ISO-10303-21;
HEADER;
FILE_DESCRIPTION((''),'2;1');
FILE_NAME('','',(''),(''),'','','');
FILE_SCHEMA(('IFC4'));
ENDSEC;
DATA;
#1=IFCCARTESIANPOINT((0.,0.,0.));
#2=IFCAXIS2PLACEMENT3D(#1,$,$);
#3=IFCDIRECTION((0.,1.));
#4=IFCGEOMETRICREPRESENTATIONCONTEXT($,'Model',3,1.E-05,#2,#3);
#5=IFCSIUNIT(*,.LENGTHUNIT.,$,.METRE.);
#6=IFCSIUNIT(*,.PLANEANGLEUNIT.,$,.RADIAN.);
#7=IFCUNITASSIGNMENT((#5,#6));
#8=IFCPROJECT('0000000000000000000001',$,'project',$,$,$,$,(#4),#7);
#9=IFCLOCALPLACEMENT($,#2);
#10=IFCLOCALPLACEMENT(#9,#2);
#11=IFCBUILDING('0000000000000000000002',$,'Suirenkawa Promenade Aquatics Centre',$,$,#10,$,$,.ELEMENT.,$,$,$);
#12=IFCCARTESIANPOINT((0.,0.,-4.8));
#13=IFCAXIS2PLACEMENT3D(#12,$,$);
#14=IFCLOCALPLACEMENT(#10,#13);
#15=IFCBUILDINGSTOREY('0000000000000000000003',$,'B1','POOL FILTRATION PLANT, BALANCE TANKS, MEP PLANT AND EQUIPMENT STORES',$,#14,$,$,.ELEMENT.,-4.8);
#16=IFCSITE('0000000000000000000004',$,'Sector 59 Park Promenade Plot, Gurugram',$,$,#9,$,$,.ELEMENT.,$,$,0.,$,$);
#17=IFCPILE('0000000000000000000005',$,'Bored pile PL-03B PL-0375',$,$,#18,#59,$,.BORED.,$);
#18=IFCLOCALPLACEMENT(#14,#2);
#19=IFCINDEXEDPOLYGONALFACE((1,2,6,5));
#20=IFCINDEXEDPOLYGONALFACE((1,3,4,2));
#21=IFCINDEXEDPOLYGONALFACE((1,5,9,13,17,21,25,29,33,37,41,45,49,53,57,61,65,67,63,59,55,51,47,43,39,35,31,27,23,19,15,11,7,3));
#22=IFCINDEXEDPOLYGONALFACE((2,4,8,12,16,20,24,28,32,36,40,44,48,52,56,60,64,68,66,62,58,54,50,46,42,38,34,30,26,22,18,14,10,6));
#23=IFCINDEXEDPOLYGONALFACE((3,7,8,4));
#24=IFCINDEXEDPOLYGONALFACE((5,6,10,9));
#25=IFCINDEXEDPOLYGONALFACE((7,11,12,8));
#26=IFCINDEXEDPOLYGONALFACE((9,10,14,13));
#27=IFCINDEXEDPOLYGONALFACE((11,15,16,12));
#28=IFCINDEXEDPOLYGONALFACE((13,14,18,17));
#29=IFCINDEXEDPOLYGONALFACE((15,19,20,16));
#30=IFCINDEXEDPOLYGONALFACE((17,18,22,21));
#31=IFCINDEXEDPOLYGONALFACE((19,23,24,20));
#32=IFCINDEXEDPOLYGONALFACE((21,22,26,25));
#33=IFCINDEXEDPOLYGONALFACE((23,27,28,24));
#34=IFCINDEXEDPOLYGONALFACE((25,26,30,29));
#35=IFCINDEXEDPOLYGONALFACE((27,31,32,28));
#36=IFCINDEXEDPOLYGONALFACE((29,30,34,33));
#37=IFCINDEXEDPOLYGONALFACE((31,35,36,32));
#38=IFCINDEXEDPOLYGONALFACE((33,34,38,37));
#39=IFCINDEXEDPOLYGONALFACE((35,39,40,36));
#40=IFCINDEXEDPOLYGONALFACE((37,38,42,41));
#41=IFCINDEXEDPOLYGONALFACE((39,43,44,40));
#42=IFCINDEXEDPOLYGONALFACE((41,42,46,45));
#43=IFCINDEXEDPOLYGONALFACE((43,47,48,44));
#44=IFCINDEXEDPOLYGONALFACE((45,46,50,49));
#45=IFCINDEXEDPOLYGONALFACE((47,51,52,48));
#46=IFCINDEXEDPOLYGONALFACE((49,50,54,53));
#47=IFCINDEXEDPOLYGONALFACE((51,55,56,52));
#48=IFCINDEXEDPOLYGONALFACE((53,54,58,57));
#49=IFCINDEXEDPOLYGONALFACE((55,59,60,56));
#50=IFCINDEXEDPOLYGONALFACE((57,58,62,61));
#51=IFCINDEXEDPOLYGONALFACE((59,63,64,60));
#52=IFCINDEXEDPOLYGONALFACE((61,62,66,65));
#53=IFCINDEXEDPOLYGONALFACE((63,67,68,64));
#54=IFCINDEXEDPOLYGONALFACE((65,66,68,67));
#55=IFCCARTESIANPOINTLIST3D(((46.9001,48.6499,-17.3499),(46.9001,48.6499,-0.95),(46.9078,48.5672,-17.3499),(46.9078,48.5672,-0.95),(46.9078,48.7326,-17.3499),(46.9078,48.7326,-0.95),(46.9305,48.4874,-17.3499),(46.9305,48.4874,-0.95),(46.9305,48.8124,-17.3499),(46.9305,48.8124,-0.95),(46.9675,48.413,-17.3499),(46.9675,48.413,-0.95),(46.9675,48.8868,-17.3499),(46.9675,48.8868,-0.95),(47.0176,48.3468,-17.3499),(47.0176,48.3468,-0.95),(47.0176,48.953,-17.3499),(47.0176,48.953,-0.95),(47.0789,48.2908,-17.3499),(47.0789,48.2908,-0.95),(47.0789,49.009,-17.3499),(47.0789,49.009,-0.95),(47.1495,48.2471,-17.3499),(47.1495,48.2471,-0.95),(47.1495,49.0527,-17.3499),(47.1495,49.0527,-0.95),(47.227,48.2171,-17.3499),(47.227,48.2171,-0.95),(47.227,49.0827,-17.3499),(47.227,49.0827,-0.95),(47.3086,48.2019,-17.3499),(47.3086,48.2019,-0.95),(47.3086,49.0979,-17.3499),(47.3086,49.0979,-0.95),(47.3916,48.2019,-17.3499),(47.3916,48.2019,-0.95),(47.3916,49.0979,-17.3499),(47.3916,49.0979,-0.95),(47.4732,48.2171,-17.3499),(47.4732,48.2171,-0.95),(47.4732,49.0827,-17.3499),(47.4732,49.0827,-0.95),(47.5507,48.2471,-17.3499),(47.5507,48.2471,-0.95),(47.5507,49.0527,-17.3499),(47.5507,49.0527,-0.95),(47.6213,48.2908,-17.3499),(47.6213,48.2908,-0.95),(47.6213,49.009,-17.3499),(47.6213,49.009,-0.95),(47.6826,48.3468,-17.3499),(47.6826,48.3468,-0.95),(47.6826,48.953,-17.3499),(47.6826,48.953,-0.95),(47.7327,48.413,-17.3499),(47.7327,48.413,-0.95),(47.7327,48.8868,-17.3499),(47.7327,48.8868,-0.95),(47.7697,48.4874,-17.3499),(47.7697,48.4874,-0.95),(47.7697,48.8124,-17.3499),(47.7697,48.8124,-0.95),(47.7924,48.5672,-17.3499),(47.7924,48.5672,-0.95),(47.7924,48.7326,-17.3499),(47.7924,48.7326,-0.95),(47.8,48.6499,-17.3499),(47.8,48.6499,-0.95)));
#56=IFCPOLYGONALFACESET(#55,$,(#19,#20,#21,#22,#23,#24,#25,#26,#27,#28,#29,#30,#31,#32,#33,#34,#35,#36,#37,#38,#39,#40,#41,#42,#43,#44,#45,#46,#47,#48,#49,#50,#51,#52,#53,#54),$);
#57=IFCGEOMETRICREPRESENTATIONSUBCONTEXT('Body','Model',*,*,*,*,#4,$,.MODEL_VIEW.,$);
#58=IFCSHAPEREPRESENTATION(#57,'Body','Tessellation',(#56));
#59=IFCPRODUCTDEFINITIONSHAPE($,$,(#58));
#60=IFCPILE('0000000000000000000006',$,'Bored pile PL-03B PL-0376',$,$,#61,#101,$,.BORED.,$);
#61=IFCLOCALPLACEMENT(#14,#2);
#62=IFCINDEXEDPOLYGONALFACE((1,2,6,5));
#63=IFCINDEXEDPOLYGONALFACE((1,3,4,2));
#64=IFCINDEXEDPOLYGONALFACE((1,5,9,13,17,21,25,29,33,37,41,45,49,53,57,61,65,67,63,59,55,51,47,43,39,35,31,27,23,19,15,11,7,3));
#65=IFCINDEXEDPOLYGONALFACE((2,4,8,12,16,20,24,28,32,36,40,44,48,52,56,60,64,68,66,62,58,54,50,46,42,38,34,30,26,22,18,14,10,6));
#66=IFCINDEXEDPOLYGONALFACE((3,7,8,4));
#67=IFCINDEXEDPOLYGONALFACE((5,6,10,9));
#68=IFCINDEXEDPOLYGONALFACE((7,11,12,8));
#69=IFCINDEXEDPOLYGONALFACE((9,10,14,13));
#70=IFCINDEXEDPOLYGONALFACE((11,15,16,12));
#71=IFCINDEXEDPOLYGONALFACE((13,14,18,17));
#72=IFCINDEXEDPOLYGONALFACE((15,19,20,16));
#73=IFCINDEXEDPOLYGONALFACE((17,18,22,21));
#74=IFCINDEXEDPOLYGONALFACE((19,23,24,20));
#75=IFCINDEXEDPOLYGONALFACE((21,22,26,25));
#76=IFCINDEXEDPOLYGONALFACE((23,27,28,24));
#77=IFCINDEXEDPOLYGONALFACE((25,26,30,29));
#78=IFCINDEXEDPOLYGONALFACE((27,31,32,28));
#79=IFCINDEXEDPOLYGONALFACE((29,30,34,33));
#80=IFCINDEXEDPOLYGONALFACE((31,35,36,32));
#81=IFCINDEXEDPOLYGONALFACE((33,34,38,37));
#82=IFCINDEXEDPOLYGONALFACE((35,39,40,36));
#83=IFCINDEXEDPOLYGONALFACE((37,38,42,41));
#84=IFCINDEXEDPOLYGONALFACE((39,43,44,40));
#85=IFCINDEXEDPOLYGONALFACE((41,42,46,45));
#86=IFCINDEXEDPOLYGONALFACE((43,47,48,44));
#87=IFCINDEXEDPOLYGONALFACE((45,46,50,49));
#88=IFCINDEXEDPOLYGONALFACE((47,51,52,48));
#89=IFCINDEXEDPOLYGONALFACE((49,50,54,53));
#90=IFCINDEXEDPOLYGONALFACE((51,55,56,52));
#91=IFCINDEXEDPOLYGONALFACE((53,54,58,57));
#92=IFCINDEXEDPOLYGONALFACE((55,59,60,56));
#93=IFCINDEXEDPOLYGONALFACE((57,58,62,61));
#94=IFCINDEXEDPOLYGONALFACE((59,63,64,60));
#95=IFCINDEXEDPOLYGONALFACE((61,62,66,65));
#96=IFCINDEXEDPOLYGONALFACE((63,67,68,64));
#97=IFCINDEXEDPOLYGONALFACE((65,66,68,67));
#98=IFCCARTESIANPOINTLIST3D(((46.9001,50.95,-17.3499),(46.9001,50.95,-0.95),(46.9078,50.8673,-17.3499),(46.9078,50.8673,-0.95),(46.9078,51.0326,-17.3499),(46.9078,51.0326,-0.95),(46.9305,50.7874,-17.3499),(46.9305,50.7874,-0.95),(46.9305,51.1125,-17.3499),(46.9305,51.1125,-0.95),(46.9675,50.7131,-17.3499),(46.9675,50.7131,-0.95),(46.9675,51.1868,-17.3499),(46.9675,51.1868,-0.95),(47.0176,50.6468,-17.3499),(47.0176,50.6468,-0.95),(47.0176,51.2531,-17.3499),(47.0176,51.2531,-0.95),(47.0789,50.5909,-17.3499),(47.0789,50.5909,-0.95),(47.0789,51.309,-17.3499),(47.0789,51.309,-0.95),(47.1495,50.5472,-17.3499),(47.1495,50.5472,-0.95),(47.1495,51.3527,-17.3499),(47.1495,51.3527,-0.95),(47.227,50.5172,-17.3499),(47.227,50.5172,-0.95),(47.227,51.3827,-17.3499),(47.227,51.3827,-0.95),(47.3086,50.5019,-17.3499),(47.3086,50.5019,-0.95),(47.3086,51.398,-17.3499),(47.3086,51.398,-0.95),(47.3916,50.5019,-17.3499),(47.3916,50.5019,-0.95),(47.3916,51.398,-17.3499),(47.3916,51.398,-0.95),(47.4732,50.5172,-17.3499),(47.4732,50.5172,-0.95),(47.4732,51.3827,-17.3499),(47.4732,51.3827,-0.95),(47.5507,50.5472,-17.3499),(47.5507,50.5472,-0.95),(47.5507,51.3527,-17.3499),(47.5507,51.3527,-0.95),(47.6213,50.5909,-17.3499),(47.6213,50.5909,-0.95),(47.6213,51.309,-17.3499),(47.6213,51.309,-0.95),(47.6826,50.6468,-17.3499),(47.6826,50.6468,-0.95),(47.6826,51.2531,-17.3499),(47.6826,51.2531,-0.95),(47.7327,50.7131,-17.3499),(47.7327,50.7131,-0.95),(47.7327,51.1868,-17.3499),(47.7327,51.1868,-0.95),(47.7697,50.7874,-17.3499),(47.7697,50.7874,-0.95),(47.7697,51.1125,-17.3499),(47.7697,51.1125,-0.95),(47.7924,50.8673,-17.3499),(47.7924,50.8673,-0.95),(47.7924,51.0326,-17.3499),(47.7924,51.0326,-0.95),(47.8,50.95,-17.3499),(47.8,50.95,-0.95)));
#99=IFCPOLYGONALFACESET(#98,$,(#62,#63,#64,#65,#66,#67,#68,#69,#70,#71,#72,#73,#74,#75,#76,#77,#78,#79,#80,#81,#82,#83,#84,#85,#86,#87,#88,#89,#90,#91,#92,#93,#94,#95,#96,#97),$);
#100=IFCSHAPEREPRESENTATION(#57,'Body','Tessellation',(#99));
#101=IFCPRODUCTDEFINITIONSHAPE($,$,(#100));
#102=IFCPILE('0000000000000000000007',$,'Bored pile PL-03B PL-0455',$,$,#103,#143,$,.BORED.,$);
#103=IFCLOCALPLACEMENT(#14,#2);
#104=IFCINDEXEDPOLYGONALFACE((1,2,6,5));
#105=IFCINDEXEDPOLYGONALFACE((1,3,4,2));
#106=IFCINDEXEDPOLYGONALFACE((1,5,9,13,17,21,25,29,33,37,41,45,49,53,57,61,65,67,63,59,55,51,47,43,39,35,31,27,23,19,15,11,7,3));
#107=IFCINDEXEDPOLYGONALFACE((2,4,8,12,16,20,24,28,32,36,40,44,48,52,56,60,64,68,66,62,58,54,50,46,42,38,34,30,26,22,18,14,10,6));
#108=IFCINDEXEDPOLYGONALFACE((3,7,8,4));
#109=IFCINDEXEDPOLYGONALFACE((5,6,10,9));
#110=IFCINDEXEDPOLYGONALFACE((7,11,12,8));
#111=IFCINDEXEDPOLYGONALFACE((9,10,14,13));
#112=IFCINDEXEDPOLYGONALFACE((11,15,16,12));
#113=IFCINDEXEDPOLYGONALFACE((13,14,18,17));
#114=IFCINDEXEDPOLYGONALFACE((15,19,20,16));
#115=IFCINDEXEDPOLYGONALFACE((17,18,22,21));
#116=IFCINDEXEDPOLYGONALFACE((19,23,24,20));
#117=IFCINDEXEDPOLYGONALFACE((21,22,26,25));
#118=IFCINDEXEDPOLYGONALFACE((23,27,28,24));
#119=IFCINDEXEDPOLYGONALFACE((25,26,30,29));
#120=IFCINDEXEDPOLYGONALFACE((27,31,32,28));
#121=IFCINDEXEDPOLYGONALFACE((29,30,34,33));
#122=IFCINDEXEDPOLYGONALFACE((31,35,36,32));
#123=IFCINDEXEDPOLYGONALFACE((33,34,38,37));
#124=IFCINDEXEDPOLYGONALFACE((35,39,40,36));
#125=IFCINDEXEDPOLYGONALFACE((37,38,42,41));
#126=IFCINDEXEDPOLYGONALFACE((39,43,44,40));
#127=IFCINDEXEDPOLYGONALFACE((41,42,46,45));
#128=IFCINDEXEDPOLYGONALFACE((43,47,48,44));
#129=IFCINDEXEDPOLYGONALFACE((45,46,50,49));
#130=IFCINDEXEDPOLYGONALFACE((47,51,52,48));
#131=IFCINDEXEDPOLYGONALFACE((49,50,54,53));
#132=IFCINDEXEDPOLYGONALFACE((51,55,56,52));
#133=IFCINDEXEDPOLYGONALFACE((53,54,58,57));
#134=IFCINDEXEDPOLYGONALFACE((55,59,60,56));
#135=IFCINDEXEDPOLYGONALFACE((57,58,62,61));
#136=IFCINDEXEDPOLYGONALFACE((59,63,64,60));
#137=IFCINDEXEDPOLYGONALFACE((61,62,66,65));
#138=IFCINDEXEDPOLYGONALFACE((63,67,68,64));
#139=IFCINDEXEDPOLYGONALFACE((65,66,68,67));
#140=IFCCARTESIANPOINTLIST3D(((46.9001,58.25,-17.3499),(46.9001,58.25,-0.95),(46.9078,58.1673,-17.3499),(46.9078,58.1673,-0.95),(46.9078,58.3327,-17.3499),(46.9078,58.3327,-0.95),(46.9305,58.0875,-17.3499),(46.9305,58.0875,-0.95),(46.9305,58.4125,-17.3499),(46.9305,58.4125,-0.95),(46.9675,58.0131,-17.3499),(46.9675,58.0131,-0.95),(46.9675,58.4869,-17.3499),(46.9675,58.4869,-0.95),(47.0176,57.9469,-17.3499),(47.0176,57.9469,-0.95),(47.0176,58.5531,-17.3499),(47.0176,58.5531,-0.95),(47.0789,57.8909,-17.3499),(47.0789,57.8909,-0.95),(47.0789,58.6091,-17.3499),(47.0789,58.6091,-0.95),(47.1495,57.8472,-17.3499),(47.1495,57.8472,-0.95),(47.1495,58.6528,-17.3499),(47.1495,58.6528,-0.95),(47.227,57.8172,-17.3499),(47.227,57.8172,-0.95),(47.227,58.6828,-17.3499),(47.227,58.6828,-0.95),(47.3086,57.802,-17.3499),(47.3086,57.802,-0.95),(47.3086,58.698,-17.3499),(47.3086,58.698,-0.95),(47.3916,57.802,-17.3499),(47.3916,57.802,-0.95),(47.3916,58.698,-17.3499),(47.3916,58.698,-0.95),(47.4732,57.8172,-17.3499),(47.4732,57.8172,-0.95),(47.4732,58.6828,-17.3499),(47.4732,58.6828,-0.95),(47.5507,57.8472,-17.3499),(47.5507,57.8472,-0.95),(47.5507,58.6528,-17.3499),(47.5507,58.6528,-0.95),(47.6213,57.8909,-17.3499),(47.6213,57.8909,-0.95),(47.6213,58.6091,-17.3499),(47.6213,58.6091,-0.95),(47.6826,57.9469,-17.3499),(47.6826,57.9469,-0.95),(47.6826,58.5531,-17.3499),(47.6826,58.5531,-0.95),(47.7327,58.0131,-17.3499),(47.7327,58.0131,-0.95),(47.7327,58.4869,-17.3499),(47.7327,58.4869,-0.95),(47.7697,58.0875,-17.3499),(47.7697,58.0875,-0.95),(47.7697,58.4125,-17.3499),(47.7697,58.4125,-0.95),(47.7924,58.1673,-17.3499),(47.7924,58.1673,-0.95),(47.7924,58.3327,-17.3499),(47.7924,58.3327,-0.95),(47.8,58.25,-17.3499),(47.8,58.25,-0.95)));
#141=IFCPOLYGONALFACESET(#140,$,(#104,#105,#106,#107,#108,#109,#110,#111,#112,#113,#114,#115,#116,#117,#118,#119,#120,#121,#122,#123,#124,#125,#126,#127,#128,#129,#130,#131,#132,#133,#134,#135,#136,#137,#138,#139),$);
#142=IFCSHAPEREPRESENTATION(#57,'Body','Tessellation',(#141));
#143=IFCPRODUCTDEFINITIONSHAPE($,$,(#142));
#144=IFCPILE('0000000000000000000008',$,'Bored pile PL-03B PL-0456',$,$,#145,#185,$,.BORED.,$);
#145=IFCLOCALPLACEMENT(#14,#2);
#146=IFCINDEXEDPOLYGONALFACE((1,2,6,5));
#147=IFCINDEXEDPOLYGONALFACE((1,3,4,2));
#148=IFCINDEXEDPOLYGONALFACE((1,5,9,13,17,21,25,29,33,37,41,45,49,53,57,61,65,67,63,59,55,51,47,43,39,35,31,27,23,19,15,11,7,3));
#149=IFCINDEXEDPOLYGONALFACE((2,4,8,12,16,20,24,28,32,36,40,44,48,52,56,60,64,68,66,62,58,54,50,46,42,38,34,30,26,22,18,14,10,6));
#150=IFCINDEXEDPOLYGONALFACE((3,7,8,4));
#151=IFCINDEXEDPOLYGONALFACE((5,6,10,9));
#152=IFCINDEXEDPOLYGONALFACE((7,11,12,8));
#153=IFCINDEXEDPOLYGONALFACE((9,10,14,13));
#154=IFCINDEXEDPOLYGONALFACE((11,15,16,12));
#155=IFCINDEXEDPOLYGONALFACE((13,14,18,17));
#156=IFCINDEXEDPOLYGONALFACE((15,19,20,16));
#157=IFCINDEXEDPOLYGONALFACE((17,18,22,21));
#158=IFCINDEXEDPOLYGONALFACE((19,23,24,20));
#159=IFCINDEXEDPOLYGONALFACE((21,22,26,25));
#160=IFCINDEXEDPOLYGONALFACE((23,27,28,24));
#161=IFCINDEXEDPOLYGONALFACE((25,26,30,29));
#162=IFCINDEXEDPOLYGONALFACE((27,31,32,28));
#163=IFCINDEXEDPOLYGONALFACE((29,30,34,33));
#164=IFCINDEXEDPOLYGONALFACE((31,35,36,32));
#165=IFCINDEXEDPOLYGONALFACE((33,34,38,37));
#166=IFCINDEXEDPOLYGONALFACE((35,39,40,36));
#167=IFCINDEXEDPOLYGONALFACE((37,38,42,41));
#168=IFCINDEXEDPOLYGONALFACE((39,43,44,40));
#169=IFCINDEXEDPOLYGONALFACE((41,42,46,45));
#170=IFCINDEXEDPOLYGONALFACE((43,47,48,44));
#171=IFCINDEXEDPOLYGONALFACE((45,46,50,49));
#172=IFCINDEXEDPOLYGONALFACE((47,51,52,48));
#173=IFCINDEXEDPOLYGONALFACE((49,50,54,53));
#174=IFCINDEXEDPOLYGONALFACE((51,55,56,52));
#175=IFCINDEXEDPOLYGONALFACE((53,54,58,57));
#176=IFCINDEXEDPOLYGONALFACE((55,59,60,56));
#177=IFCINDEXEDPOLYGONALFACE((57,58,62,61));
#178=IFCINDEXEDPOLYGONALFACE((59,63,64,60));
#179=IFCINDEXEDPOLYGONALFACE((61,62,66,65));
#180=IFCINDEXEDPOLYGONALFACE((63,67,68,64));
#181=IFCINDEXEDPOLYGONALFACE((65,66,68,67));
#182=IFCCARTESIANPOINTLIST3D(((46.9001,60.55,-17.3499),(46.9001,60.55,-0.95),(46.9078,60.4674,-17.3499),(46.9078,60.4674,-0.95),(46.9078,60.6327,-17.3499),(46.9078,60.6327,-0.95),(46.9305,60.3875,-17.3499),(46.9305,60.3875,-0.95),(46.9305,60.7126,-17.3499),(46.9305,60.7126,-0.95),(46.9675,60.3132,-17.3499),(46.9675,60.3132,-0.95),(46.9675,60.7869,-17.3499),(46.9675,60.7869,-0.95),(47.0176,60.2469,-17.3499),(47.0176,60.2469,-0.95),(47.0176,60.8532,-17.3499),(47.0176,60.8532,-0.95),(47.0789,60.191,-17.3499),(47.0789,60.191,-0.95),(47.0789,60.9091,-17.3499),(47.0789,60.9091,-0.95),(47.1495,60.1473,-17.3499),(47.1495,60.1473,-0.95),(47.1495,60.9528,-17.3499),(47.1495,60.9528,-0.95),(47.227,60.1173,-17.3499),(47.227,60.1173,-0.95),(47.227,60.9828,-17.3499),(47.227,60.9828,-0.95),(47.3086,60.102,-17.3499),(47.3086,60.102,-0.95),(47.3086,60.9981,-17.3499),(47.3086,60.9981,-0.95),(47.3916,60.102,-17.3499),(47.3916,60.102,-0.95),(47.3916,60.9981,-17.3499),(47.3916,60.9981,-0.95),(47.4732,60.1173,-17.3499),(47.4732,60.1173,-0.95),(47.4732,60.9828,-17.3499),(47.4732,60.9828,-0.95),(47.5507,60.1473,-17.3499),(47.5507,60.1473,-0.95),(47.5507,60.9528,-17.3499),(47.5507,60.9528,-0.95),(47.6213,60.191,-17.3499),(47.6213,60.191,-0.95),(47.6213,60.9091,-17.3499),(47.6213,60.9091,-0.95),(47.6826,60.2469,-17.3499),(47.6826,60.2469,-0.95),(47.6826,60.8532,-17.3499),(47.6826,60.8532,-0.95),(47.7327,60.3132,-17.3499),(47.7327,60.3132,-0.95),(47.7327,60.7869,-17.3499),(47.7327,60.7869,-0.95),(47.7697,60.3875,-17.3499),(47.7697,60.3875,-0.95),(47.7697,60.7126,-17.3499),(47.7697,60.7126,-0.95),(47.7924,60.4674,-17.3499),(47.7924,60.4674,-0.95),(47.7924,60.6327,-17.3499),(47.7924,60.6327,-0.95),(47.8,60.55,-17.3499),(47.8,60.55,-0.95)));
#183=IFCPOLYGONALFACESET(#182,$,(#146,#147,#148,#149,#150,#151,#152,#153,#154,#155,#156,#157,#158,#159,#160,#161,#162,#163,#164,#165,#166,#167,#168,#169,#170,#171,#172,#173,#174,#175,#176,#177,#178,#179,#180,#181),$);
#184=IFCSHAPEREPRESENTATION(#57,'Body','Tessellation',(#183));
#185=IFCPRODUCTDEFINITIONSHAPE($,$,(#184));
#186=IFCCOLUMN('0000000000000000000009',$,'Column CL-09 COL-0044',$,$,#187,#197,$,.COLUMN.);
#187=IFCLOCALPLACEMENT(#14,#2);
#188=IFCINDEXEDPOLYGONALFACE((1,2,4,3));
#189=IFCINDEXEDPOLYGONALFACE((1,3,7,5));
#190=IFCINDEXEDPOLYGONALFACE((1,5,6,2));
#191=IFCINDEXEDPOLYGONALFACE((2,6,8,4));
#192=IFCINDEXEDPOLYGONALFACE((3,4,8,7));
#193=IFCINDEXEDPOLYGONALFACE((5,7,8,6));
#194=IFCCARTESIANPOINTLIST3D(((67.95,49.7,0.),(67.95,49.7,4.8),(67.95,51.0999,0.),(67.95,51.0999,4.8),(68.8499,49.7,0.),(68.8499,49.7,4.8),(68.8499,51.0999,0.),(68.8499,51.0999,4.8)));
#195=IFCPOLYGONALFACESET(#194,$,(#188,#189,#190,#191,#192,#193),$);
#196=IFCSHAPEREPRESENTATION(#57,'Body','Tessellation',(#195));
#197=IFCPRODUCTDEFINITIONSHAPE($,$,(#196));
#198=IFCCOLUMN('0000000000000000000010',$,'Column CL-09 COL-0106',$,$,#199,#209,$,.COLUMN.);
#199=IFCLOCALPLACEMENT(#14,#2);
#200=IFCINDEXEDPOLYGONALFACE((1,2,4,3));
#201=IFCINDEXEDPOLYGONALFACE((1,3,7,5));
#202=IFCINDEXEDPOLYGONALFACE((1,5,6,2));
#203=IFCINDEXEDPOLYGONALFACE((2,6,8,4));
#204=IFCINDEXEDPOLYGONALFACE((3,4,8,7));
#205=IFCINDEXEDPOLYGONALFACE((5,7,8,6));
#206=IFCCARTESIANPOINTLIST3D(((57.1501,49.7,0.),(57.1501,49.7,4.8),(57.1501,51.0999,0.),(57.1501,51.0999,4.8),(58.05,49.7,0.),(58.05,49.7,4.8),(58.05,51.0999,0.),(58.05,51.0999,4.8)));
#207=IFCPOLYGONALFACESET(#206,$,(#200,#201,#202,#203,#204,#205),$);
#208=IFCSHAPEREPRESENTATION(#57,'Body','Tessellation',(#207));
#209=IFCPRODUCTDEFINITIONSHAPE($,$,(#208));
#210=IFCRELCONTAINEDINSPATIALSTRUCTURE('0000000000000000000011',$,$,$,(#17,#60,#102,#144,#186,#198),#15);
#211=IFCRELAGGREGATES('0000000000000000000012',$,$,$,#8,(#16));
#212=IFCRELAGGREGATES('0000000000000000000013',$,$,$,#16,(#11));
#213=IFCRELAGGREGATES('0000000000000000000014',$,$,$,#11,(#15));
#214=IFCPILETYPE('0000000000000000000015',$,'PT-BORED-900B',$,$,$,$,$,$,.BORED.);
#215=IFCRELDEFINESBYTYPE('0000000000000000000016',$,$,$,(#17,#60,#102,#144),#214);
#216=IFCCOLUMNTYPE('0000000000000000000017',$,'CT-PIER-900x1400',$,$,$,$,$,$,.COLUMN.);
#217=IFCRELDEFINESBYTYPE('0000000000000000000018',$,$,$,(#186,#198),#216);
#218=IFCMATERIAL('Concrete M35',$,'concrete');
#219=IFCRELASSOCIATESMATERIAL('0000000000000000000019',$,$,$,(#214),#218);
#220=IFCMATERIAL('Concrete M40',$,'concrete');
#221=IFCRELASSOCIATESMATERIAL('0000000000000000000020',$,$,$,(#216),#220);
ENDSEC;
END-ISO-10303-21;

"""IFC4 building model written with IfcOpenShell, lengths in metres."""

from ifc_helpers import new_model, si_unit, direction, frame, origin, origin_2d, place, context, subcontext, project, spatial, rectangle, circle, extrude, material, material_profile, profile_set, type_object, element, save


model = new_model("IFC4")

# Units and contexts
model_context = context("Model", 3, precision=1e-05, world=origin(), true_north=direction((0.0, 1.0)))
body_context = subcontext(model_context, "Body", "Model", "MODEL_VIEW")
ifc_project = project(units=[si_unit("LENGTHUNIT", "METRE"), si_unit("PLANEANGLEUNIT", "RADIAN")], contexts=[model_context])

# Site, building, storey
site_placement = place(None, origin())
site = spatial("IfcSite", under=ifc_project, at=site_placement, Name="Sector 59 Park Promenade Plot, Gurugram", CompositionType="ELEMENT", RefElevation=0.0)
building_placement = place(site_placement, origin())
building = spatial("IfcBuilding", under=site, at=building_placement, Name="Suirenkawa Promenade Aquatics Centre", CompositionType="ELEMENT")
storey_placement = place(building_placement, frame((0.0, 0.0, -4.8)))
storey = spatial("IfcBuildingStorey", under=building, at=storey_placement, Name="B1", Description="POOL FILTRATION PLANT, BALANCE TANKS, MEP PLANT AND EQUIPMENT STORES", CompositionType="ELEMENT", Elevation=-4.8)

# Shared definitions
ifc_material_1 = material(Name="Concrete M35", Category="concrete")

# Piles
ifc_material_profile_1 = material_profile(ifc_material_1, circle(Radius=0.45, at=origin_2d()), Name="PILE D900", Category="concrete")
ifc_profile_set_1 = profile_set([ifc_material_profile_1], Name="Concrete M35")
pile_type_1 = type_object("IfcPileType", Name="PT-BORED-900B", PredefinedType="BORED", material=ifc_profile_set_1)
for number, where, z_axis, x_axis, name in (
    (1, (47.3501, 48.6499, -0.95), (0.0, 0.0, -1.0), (1.0, 0.0, 0.0), "Bored pile PL-03B PL-0375"),
    (2, (47.3501, 50.95, -0.95), (0.0, 0.0, -1.0), (1.0, 0.0, 0.0), "Bored pile PL-03B PL-0376"),
    (3, (47.3501, 58.25, -0.95), (0.0, 0.0, -1.0), (1.0, 0.0, 0.0), "Bored pile PL-03B PL-0455"),
    (4, (47.3501, 60.55, -0.95), (0.0, 0.0, -1.0), (1.0, 0.0, 0.0), "Bored pile PL-03B PL-0456"),
):
    element("IfcPile", number, at=place(storey_placement, frame(where, z_axis=z_axis, x_axis=x_axis)), inside=storey, type_object=pile_type_1, Name=name, PredefinedType="BORED", context=body_context, shape_type="SweptSolid", body=[
        extrude(circle(Radius=0.45, at=origin_2d()), origin(), (0.0, 0.0, 1.0), 16.3999),
    ])

# Columns
ifc_material_2 = material(Name="Concrete M40", Category="concrete")
ifc_material_profile_2 = material_profile(ifc_material_2, rectangle(XDim=0.8999, YDim=1.3999, at=origin_2d()), Name="RC PIER 900x1400", Category="concrete")
ifc_profile_set_2 = profile_set([ifc_material_profile_2], Name="Concrete M40")
column_type_1 = type_object("IfcColumnType", Name="CT-PIER-900x1400", PredefinedType="COLUMN", material=ifc_profile_set_2)
for number, where, z_axis, x_axis, name in (
    (5, (68.3999, 50.3999, 0.0), (0.0, 0.0, 1.0), (1.0, 0.0, 0.0), "Column CL-09 COL-0044"),
    (6, (57.6001, 50.3999, 0.0), (0.0, 0.0, 1.0), (1.0, 0.0, 0.0), "Column CL-09 COL-0106"),
):
    element("IfcColumn", number, at=place(storey_placement, frame(where, z_axis=z_axis, x_axis=x_axis)), inside=storey, type_object=column_type_1, Name=name, PredefinedType="COLUMN", context=body_context, shape_type="SweptSolid", body=[
        extrude(rectangle(XDim=0.8999, YDim=1.3999, at=origin_2d()), origin(), (0.0, 0.0, 1.0), 4.8),
    ])

save(model, "model.ifc")
